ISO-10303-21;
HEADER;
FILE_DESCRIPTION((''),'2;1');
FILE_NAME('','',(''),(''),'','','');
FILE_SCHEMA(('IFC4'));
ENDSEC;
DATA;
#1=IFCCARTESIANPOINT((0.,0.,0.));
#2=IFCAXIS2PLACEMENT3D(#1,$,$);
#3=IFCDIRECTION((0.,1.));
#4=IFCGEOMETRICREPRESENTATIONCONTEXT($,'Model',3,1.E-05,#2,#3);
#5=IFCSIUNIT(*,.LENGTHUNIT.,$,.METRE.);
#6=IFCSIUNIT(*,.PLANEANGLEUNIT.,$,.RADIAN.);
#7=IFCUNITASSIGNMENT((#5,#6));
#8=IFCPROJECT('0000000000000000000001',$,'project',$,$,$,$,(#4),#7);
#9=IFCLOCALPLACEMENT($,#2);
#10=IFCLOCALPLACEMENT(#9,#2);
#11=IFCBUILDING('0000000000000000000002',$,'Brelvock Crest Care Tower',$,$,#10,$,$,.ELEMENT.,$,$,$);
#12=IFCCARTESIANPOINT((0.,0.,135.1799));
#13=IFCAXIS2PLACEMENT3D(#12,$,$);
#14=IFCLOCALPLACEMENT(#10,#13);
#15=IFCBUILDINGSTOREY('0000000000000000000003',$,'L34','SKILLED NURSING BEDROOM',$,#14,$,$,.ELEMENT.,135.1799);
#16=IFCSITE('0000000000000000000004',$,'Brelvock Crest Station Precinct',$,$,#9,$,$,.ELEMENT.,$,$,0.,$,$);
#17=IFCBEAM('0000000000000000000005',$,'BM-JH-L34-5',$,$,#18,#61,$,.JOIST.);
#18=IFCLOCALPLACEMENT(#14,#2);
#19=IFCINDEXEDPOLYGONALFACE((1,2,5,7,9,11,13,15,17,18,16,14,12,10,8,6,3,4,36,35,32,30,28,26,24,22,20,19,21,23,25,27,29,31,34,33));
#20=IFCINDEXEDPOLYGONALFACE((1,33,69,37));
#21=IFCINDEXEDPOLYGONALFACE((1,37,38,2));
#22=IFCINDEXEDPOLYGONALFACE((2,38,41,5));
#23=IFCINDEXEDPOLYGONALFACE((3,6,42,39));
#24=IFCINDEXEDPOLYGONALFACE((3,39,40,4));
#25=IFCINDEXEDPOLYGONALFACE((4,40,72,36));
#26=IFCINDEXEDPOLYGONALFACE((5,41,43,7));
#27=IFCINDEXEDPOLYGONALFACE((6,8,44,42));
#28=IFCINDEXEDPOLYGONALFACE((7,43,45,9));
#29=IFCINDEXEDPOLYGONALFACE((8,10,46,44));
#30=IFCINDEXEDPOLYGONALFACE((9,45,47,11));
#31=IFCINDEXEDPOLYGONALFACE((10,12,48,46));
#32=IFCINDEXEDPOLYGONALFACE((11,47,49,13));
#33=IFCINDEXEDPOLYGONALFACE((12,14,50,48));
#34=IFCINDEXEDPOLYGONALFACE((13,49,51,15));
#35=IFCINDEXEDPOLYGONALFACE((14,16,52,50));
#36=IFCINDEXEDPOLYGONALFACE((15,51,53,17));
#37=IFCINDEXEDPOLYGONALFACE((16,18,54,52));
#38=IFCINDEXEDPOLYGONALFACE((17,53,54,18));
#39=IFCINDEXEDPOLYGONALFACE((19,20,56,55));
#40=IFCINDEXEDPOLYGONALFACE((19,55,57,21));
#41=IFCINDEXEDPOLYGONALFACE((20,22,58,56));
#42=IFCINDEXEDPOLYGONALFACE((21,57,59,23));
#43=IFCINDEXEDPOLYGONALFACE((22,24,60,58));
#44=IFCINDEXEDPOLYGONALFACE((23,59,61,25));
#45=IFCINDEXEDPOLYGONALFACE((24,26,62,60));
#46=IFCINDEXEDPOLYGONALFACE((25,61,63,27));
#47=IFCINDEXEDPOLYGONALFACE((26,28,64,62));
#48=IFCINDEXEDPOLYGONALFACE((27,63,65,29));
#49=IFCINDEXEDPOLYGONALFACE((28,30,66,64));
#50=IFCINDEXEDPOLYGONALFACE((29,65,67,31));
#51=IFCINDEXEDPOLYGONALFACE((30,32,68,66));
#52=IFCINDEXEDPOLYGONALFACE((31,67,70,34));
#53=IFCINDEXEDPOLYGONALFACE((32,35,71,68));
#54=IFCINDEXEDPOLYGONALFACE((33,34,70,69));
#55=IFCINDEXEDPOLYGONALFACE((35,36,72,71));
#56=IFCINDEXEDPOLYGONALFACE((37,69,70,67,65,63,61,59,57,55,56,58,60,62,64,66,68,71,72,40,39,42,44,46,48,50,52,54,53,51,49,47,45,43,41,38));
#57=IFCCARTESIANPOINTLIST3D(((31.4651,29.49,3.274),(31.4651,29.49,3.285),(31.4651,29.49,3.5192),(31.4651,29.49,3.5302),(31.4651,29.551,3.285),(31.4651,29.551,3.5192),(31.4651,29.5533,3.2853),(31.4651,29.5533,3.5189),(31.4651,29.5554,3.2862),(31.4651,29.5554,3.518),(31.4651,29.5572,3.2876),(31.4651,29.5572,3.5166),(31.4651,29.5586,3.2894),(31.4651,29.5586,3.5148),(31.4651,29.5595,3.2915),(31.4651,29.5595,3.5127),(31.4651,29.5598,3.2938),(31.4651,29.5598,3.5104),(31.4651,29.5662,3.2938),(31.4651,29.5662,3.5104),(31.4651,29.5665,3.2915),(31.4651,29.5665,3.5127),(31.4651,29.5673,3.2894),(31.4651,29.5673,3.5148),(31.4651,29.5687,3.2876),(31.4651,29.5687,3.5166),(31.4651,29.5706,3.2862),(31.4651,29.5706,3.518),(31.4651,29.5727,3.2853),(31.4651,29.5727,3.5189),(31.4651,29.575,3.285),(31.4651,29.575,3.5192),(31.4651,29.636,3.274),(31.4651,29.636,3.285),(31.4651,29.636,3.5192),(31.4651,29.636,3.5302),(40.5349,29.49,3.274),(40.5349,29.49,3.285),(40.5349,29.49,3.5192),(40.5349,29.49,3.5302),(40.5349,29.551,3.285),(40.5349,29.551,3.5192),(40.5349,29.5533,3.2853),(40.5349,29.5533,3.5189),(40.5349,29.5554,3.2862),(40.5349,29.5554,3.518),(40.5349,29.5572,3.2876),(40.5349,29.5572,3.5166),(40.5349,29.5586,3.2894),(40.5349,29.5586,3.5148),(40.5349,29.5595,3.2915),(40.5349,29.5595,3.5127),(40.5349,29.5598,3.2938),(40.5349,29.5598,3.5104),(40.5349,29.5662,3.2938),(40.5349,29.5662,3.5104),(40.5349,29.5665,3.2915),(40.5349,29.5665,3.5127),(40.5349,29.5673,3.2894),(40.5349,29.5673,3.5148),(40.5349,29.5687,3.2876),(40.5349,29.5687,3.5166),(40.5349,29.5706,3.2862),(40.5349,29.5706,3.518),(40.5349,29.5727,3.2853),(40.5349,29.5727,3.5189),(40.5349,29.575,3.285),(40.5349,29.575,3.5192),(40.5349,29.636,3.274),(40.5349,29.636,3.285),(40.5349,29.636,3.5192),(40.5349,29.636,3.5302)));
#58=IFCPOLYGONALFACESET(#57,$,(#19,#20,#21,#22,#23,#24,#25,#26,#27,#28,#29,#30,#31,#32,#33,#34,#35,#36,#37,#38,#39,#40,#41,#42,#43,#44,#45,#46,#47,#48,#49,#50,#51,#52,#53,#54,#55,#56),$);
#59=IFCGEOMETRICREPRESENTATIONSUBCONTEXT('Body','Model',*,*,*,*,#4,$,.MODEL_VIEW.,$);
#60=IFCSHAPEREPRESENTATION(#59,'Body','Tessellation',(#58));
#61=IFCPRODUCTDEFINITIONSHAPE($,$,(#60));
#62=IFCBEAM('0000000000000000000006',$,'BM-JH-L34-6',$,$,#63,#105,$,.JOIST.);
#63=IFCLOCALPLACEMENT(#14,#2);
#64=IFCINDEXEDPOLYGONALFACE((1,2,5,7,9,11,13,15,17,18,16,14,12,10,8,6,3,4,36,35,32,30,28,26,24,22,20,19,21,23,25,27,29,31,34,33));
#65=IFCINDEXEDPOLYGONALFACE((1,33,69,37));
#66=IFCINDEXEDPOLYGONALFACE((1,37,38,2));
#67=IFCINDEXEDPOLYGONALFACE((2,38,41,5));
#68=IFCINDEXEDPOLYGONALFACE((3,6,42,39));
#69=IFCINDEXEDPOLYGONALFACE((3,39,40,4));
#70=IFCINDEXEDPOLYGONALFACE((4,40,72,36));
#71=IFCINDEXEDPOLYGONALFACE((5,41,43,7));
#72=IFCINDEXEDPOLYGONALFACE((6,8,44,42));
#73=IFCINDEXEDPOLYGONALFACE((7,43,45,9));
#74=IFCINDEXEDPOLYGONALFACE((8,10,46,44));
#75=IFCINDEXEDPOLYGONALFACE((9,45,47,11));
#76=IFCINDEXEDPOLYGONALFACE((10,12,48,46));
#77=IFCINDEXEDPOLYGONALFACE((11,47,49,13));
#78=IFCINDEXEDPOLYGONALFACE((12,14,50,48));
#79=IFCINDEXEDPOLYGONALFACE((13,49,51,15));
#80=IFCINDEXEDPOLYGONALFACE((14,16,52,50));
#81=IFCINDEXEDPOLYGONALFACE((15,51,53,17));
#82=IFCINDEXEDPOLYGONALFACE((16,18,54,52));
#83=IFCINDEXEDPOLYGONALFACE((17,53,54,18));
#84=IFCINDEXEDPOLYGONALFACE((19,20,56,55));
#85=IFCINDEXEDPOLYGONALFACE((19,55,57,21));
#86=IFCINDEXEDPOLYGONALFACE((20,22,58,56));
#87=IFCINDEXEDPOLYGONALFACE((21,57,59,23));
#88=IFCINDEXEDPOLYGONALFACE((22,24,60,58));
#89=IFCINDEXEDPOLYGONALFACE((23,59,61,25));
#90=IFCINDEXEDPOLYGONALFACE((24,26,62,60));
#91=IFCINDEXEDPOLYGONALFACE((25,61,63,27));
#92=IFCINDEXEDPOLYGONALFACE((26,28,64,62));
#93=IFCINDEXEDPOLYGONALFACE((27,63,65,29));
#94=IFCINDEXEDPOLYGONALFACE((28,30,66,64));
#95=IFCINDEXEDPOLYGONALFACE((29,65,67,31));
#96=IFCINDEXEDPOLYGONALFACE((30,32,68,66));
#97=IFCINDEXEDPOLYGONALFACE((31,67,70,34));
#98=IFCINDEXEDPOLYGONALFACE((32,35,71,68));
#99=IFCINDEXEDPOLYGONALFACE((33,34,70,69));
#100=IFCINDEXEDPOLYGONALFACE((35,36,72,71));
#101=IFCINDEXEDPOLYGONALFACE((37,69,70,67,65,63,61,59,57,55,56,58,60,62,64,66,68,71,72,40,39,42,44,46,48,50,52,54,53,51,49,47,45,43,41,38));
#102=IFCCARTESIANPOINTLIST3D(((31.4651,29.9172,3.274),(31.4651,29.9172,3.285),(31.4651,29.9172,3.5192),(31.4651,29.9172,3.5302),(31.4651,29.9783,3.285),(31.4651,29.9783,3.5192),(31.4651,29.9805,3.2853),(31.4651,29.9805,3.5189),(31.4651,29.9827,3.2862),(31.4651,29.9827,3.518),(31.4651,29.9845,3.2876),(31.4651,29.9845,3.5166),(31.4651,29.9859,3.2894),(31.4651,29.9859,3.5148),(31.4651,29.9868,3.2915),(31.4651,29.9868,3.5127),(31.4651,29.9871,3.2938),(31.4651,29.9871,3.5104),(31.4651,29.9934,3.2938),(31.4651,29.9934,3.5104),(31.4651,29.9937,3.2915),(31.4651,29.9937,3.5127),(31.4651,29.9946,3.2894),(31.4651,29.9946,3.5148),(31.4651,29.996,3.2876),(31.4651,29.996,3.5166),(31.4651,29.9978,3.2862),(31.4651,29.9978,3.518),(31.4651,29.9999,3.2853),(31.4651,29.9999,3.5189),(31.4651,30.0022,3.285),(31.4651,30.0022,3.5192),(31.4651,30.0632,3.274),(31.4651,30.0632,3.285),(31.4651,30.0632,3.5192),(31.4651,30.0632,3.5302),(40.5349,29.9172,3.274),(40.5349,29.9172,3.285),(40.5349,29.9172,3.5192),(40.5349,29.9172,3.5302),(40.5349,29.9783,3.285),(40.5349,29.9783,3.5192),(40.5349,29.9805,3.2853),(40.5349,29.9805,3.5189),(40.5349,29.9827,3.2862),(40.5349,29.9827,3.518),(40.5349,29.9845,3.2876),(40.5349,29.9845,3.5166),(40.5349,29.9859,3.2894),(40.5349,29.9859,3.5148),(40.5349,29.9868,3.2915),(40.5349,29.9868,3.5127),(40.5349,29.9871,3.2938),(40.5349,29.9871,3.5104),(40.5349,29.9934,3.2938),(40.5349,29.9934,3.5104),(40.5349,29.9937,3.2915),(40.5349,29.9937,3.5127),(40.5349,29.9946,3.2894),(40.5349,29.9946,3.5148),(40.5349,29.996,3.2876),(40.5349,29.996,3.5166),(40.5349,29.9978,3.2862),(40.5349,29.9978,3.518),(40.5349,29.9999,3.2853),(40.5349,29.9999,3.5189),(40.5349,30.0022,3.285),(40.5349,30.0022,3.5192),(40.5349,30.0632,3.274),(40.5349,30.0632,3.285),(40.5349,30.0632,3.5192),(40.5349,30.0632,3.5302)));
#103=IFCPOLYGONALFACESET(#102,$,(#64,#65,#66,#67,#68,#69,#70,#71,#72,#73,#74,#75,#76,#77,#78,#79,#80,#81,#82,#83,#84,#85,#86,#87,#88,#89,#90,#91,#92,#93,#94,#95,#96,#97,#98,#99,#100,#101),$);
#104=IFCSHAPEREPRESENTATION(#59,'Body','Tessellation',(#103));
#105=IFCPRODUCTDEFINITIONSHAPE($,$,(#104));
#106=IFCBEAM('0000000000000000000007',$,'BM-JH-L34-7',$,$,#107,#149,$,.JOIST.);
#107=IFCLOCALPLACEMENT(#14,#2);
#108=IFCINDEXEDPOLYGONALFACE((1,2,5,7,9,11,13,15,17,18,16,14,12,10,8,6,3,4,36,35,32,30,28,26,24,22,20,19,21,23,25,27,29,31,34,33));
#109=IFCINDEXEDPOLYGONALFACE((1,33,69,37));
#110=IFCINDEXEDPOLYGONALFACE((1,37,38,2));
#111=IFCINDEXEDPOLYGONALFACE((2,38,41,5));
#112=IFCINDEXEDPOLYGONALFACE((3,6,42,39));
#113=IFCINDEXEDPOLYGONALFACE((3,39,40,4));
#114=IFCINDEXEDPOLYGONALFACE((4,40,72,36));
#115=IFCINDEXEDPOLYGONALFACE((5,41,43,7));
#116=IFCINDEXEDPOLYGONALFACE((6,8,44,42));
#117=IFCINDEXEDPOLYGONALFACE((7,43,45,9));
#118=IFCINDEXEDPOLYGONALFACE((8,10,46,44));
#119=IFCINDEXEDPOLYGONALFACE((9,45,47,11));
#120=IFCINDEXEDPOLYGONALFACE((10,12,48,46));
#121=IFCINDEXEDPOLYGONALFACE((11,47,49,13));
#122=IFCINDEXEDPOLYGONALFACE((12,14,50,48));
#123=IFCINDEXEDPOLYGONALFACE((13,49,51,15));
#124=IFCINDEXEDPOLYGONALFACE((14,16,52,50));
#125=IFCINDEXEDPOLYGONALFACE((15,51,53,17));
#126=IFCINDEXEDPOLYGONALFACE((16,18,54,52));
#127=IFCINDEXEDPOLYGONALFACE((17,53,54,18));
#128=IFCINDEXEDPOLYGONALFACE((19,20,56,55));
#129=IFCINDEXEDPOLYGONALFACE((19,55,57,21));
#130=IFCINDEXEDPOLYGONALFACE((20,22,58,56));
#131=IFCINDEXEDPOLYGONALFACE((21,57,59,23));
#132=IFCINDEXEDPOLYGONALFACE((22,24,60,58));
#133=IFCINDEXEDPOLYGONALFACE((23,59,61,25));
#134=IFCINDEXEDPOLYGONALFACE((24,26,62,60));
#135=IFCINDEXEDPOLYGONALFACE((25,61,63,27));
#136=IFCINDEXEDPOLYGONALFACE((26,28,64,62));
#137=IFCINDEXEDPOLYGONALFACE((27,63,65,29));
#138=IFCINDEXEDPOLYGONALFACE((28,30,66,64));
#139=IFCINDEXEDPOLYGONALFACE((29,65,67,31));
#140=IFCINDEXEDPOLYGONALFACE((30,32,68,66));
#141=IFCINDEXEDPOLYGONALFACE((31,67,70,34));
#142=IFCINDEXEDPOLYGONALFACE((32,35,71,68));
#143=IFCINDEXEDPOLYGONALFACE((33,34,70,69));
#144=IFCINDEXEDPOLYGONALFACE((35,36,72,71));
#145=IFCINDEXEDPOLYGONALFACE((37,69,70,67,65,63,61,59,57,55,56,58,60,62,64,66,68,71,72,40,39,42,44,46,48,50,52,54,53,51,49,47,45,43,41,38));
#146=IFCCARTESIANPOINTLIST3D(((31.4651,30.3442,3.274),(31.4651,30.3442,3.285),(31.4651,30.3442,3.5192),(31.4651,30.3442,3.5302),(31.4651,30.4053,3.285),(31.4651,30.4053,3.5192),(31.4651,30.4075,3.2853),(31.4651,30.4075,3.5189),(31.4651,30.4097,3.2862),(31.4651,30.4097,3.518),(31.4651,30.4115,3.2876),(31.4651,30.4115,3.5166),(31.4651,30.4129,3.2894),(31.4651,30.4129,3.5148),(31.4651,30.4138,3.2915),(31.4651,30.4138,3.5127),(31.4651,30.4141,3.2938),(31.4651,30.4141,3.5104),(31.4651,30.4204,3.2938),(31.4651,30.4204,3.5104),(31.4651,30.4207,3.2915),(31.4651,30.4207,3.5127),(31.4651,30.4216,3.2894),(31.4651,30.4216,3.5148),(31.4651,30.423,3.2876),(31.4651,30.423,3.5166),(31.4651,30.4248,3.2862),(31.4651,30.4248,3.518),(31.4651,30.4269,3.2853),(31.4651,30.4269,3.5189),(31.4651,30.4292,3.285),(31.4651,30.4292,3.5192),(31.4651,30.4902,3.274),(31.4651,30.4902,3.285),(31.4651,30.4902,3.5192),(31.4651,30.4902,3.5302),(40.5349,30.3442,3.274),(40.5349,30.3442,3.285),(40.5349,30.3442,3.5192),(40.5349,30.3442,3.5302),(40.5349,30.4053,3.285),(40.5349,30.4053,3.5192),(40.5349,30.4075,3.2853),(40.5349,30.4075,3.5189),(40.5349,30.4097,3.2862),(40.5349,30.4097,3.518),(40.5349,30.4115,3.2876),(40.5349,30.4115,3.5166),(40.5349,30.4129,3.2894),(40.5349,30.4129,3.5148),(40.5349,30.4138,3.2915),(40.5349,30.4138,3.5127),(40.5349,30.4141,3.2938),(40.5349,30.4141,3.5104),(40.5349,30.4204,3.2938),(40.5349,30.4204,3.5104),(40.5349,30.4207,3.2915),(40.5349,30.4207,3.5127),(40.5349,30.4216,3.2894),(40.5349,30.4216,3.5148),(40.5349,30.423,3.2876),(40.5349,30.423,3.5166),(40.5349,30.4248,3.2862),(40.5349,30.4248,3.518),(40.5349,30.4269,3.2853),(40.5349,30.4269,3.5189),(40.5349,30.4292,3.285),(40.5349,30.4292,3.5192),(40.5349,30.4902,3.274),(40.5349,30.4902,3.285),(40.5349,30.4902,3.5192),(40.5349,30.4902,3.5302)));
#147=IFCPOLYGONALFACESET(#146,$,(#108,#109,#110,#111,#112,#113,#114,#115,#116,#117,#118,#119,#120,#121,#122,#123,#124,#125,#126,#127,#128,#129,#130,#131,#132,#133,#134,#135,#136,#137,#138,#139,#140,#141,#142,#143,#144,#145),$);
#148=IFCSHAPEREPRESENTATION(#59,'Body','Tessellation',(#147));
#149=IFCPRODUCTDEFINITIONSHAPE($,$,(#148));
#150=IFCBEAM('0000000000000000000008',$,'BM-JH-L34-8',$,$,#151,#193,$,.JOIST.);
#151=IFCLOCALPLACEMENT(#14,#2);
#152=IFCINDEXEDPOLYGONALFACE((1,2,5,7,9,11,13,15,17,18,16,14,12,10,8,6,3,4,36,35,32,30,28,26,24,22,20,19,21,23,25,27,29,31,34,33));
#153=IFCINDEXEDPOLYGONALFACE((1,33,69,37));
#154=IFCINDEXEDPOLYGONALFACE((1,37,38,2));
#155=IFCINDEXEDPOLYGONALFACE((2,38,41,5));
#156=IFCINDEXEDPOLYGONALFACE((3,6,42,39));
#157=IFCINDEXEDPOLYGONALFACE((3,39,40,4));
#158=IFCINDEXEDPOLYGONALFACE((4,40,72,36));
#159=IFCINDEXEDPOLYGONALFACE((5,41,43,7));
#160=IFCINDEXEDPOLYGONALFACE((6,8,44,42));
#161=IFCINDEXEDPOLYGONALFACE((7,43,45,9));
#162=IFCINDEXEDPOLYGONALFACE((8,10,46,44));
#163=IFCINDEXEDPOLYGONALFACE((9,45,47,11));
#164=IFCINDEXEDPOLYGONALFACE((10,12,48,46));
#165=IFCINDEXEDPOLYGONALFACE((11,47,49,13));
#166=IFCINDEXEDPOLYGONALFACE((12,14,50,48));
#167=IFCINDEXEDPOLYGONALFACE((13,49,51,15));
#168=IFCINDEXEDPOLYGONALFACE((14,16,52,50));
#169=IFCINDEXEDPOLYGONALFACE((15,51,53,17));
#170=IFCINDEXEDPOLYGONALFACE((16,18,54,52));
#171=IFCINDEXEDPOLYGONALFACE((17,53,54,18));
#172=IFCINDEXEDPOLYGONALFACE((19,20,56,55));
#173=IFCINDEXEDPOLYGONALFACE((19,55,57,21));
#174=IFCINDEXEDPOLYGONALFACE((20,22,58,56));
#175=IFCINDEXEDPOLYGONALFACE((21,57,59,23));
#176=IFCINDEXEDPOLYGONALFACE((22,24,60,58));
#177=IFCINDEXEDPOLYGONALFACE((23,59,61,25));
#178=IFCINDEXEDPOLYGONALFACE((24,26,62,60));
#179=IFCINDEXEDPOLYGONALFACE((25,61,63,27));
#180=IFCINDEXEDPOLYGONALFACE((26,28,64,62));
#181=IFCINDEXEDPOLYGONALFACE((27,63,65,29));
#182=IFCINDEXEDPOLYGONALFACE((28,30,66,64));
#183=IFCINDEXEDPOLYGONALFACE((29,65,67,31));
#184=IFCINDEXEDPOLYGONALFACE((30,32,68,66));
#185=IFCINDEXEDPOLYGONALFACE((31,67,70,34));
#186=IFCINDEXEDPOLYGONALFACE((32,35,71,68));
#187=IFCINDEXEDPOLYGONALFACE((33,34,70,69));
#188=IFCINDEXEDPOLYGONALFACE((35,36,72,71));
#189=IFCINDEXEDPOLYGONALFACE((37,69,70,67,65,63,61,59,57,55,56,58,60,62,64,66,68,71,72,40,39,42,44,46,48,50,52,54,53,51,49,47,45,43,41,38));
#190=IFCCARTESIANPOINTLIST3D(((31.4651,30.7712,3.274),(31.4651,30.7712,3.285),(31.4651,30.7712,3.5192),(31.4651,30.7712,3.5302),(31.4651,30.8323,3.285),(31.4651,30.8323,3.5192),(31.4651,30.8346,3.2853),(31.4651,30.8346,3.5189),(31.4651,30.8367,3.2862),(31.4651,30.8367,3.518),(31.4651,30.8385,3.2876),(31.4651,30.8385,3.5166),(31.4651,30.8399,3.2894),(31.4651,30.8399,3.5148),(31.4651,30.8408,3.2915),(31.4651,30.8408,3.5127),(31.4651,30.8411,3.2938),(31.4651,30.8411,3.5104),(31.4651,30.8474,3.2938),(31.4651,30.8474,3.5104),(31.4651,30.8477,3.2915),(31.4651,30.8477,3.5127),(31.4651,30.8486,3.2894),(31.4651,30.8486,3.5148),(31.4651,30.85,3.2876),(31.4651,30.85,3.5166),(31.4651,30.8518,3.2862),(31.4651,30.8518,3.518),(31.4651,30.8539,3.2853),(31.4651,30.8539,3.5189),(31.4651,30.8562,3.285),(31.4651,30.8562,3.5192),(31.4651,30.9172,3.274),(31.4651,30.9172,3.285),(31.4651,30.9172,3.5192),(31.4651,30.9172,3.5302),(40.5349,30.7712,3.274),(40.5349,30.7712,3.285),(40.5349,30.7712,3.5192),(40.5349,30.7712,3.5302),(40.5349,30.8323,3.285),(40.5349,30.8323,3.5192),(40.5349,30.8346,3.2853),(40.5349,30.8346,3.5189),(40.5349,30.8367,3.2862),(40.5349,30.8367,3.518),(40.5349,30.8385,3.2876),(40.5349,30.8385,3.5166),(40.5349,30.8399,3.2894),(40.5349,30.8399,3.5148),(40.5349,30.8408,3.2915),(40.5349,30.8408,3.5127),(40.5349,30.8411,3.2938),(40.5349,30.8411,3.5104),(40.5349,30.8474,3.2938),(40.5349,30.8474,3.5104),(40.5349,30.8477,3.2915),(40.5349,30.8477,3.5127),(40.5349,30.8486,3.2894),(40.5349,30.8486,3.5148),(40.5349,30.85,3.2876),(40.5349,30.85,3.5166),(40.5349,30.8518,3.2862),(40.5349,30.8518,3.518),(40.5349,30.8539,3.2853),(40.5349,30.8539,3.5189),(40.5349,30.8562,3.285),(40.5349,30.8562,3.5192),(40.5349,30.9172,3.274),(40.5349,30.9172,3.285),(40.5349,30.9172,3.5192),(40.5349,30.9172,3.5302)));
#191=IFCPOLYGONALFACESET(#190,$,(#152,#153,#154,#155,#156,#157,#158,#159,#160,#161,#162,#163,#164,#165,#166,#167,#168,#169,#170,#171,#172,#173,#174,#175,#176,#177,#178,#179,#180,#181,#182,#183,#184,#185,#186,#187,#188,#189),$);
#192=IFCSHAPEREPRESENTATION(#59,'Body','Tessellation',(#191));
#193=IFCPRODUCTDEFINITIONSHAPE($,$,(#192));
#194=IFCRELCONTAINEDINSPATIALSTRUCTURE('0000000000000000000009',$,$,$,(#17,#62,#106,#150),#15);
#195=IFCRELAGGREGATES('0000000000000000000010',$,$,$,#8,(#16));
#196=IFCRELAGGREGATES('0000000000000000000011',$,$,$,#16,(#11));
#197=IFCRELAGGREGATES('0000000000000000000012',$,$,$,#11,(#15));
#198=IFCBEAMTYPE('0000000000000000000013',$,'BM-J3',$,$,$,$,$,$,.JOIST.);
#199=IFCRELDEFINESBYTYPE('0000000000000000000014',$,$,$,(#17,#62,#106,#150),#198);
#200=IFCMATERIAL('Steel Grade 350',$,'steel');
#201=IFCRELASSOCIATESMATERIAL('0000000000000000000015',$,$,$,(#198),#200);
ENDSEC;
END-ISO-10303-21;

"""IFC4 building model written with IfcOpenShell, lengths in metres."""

from ifc_helpers import new_model, si_unit, direction, frame, origin, origin_2d, place, context, subcontext, project, spatial, i_section, extrude, source, transform, mapped, material, material_profile, profile_set, type_object, element, save


model = new_model("IFC4")

# Units and contexts
model_context = context("Model", 3, precision=1e-05, world=origin(), true_north=direction((0.0, 1.0)))
body_context = subcontext(model_context, "Body", "Model", "MODEL_VIEW")
ifc_project = project(units=[si_unit("LENGTHUNIT", "METRE"), si_unit("PLANEANGLEUNIT", "RADIAN")], contexts=[model_context])

# Site, building, storey
site_placement = place(None, origin())
site = spatial("IfcSite", under=ifc_project, at=site_placement, Name="Brelvock Crest Station Precinct", CompositionType="ELEMENT", RefElevation=0.0)
building_placement = place(site_placement, origin())
building = spatial("IfcBuilding", under=site, at=building_placement, Name="Brelvock Crest Care Tower", CompositionType="ELEMENT")
storey_placement = place(building_placement, frame((0.0, 0.0, 135.1799)))
storey = spatial("IfcBuildingStorey", under=building, at=storey_placement, Name="L34", Description="SKILLED NURSING BEDROOM", CompositionType="ELEMENT", Elevation=135.1799)

# Shared definitions
ifc_material_1 = material(Name="Steel Grade 350", Category="steel")

# Beams
ifc_material_profile_1 = material_profile(ifc_material_1, i_section(OverallWidth=0.146, OverallDepth=0.2561, WebThickness=0.0063, FlangeThickness=0.011, FilletRadius=0.0088, at=origin_2d()), Name="250UB37.3")
ifc_profile_set_1 = profile_set([ifc_material_profile_1], Name="Steel Grade 350")
beam_type_1 = type_object("IfcBeamType", Name="BM-J3", PredefinedType="JOIST", material=ifc_profile_set_1)
shared_shape_1 = source(origin(), body_context, "Body", "SweptSolid", [
    extrude(i_section(OverallWidth=0.146, OverallDepth=0.2561, WebThickness=0.0063, FlangeThickness=0.011, FilletRadius=0.0088, at=origin_2d()), origin(), (0.0, 0.0, 1.0), 9.0698),
])
for number, where, z_axis, x_axis, name in (
    (1, (31.4651, 29.563, 3.4021), (1.0, 0.0, 0.0), (0.0, 1.0, 0.0), "BM-JH-L34-5"),
    (2, (31.4651, 29.9902, 3.4021), (1.0, 0.0, 0.0), (0.0, 1.0, 0.0), "BM-JH-L34-6"),
    (3, (31.4651, 30.4172, 3.4021), (1.0, 0.0, 0.0), (0.0, 1.0, 0.0), "BM-JH-L34-7"),
    (4, (31.4651, 30.8442, 3.4021), (1.0, 0.0, 0.0), (0.0, 1.0, 0.0), "BM-JH-L34-8"),
):
    element("IfcBeam", number, at=place(storey_placement, frame(where, z_axis=z_axis, x_axis=x_axis)), inside=storey, type_object=beam_type_1, Name=name, PredefinedType="JOIST", context=body_context, shape_type="MappedRepresentation", body=[
        mapped(shared_shape_1, transform((0.0, 0.0, 0.0), x_axis=(1.0, 0.0, 0.0), y_axis=(0.0, 1.0, 0.0), z_axis=(0.0, 0.0, 1.0), scale=1.0)),
    ])

save(model, "model.ifc")
